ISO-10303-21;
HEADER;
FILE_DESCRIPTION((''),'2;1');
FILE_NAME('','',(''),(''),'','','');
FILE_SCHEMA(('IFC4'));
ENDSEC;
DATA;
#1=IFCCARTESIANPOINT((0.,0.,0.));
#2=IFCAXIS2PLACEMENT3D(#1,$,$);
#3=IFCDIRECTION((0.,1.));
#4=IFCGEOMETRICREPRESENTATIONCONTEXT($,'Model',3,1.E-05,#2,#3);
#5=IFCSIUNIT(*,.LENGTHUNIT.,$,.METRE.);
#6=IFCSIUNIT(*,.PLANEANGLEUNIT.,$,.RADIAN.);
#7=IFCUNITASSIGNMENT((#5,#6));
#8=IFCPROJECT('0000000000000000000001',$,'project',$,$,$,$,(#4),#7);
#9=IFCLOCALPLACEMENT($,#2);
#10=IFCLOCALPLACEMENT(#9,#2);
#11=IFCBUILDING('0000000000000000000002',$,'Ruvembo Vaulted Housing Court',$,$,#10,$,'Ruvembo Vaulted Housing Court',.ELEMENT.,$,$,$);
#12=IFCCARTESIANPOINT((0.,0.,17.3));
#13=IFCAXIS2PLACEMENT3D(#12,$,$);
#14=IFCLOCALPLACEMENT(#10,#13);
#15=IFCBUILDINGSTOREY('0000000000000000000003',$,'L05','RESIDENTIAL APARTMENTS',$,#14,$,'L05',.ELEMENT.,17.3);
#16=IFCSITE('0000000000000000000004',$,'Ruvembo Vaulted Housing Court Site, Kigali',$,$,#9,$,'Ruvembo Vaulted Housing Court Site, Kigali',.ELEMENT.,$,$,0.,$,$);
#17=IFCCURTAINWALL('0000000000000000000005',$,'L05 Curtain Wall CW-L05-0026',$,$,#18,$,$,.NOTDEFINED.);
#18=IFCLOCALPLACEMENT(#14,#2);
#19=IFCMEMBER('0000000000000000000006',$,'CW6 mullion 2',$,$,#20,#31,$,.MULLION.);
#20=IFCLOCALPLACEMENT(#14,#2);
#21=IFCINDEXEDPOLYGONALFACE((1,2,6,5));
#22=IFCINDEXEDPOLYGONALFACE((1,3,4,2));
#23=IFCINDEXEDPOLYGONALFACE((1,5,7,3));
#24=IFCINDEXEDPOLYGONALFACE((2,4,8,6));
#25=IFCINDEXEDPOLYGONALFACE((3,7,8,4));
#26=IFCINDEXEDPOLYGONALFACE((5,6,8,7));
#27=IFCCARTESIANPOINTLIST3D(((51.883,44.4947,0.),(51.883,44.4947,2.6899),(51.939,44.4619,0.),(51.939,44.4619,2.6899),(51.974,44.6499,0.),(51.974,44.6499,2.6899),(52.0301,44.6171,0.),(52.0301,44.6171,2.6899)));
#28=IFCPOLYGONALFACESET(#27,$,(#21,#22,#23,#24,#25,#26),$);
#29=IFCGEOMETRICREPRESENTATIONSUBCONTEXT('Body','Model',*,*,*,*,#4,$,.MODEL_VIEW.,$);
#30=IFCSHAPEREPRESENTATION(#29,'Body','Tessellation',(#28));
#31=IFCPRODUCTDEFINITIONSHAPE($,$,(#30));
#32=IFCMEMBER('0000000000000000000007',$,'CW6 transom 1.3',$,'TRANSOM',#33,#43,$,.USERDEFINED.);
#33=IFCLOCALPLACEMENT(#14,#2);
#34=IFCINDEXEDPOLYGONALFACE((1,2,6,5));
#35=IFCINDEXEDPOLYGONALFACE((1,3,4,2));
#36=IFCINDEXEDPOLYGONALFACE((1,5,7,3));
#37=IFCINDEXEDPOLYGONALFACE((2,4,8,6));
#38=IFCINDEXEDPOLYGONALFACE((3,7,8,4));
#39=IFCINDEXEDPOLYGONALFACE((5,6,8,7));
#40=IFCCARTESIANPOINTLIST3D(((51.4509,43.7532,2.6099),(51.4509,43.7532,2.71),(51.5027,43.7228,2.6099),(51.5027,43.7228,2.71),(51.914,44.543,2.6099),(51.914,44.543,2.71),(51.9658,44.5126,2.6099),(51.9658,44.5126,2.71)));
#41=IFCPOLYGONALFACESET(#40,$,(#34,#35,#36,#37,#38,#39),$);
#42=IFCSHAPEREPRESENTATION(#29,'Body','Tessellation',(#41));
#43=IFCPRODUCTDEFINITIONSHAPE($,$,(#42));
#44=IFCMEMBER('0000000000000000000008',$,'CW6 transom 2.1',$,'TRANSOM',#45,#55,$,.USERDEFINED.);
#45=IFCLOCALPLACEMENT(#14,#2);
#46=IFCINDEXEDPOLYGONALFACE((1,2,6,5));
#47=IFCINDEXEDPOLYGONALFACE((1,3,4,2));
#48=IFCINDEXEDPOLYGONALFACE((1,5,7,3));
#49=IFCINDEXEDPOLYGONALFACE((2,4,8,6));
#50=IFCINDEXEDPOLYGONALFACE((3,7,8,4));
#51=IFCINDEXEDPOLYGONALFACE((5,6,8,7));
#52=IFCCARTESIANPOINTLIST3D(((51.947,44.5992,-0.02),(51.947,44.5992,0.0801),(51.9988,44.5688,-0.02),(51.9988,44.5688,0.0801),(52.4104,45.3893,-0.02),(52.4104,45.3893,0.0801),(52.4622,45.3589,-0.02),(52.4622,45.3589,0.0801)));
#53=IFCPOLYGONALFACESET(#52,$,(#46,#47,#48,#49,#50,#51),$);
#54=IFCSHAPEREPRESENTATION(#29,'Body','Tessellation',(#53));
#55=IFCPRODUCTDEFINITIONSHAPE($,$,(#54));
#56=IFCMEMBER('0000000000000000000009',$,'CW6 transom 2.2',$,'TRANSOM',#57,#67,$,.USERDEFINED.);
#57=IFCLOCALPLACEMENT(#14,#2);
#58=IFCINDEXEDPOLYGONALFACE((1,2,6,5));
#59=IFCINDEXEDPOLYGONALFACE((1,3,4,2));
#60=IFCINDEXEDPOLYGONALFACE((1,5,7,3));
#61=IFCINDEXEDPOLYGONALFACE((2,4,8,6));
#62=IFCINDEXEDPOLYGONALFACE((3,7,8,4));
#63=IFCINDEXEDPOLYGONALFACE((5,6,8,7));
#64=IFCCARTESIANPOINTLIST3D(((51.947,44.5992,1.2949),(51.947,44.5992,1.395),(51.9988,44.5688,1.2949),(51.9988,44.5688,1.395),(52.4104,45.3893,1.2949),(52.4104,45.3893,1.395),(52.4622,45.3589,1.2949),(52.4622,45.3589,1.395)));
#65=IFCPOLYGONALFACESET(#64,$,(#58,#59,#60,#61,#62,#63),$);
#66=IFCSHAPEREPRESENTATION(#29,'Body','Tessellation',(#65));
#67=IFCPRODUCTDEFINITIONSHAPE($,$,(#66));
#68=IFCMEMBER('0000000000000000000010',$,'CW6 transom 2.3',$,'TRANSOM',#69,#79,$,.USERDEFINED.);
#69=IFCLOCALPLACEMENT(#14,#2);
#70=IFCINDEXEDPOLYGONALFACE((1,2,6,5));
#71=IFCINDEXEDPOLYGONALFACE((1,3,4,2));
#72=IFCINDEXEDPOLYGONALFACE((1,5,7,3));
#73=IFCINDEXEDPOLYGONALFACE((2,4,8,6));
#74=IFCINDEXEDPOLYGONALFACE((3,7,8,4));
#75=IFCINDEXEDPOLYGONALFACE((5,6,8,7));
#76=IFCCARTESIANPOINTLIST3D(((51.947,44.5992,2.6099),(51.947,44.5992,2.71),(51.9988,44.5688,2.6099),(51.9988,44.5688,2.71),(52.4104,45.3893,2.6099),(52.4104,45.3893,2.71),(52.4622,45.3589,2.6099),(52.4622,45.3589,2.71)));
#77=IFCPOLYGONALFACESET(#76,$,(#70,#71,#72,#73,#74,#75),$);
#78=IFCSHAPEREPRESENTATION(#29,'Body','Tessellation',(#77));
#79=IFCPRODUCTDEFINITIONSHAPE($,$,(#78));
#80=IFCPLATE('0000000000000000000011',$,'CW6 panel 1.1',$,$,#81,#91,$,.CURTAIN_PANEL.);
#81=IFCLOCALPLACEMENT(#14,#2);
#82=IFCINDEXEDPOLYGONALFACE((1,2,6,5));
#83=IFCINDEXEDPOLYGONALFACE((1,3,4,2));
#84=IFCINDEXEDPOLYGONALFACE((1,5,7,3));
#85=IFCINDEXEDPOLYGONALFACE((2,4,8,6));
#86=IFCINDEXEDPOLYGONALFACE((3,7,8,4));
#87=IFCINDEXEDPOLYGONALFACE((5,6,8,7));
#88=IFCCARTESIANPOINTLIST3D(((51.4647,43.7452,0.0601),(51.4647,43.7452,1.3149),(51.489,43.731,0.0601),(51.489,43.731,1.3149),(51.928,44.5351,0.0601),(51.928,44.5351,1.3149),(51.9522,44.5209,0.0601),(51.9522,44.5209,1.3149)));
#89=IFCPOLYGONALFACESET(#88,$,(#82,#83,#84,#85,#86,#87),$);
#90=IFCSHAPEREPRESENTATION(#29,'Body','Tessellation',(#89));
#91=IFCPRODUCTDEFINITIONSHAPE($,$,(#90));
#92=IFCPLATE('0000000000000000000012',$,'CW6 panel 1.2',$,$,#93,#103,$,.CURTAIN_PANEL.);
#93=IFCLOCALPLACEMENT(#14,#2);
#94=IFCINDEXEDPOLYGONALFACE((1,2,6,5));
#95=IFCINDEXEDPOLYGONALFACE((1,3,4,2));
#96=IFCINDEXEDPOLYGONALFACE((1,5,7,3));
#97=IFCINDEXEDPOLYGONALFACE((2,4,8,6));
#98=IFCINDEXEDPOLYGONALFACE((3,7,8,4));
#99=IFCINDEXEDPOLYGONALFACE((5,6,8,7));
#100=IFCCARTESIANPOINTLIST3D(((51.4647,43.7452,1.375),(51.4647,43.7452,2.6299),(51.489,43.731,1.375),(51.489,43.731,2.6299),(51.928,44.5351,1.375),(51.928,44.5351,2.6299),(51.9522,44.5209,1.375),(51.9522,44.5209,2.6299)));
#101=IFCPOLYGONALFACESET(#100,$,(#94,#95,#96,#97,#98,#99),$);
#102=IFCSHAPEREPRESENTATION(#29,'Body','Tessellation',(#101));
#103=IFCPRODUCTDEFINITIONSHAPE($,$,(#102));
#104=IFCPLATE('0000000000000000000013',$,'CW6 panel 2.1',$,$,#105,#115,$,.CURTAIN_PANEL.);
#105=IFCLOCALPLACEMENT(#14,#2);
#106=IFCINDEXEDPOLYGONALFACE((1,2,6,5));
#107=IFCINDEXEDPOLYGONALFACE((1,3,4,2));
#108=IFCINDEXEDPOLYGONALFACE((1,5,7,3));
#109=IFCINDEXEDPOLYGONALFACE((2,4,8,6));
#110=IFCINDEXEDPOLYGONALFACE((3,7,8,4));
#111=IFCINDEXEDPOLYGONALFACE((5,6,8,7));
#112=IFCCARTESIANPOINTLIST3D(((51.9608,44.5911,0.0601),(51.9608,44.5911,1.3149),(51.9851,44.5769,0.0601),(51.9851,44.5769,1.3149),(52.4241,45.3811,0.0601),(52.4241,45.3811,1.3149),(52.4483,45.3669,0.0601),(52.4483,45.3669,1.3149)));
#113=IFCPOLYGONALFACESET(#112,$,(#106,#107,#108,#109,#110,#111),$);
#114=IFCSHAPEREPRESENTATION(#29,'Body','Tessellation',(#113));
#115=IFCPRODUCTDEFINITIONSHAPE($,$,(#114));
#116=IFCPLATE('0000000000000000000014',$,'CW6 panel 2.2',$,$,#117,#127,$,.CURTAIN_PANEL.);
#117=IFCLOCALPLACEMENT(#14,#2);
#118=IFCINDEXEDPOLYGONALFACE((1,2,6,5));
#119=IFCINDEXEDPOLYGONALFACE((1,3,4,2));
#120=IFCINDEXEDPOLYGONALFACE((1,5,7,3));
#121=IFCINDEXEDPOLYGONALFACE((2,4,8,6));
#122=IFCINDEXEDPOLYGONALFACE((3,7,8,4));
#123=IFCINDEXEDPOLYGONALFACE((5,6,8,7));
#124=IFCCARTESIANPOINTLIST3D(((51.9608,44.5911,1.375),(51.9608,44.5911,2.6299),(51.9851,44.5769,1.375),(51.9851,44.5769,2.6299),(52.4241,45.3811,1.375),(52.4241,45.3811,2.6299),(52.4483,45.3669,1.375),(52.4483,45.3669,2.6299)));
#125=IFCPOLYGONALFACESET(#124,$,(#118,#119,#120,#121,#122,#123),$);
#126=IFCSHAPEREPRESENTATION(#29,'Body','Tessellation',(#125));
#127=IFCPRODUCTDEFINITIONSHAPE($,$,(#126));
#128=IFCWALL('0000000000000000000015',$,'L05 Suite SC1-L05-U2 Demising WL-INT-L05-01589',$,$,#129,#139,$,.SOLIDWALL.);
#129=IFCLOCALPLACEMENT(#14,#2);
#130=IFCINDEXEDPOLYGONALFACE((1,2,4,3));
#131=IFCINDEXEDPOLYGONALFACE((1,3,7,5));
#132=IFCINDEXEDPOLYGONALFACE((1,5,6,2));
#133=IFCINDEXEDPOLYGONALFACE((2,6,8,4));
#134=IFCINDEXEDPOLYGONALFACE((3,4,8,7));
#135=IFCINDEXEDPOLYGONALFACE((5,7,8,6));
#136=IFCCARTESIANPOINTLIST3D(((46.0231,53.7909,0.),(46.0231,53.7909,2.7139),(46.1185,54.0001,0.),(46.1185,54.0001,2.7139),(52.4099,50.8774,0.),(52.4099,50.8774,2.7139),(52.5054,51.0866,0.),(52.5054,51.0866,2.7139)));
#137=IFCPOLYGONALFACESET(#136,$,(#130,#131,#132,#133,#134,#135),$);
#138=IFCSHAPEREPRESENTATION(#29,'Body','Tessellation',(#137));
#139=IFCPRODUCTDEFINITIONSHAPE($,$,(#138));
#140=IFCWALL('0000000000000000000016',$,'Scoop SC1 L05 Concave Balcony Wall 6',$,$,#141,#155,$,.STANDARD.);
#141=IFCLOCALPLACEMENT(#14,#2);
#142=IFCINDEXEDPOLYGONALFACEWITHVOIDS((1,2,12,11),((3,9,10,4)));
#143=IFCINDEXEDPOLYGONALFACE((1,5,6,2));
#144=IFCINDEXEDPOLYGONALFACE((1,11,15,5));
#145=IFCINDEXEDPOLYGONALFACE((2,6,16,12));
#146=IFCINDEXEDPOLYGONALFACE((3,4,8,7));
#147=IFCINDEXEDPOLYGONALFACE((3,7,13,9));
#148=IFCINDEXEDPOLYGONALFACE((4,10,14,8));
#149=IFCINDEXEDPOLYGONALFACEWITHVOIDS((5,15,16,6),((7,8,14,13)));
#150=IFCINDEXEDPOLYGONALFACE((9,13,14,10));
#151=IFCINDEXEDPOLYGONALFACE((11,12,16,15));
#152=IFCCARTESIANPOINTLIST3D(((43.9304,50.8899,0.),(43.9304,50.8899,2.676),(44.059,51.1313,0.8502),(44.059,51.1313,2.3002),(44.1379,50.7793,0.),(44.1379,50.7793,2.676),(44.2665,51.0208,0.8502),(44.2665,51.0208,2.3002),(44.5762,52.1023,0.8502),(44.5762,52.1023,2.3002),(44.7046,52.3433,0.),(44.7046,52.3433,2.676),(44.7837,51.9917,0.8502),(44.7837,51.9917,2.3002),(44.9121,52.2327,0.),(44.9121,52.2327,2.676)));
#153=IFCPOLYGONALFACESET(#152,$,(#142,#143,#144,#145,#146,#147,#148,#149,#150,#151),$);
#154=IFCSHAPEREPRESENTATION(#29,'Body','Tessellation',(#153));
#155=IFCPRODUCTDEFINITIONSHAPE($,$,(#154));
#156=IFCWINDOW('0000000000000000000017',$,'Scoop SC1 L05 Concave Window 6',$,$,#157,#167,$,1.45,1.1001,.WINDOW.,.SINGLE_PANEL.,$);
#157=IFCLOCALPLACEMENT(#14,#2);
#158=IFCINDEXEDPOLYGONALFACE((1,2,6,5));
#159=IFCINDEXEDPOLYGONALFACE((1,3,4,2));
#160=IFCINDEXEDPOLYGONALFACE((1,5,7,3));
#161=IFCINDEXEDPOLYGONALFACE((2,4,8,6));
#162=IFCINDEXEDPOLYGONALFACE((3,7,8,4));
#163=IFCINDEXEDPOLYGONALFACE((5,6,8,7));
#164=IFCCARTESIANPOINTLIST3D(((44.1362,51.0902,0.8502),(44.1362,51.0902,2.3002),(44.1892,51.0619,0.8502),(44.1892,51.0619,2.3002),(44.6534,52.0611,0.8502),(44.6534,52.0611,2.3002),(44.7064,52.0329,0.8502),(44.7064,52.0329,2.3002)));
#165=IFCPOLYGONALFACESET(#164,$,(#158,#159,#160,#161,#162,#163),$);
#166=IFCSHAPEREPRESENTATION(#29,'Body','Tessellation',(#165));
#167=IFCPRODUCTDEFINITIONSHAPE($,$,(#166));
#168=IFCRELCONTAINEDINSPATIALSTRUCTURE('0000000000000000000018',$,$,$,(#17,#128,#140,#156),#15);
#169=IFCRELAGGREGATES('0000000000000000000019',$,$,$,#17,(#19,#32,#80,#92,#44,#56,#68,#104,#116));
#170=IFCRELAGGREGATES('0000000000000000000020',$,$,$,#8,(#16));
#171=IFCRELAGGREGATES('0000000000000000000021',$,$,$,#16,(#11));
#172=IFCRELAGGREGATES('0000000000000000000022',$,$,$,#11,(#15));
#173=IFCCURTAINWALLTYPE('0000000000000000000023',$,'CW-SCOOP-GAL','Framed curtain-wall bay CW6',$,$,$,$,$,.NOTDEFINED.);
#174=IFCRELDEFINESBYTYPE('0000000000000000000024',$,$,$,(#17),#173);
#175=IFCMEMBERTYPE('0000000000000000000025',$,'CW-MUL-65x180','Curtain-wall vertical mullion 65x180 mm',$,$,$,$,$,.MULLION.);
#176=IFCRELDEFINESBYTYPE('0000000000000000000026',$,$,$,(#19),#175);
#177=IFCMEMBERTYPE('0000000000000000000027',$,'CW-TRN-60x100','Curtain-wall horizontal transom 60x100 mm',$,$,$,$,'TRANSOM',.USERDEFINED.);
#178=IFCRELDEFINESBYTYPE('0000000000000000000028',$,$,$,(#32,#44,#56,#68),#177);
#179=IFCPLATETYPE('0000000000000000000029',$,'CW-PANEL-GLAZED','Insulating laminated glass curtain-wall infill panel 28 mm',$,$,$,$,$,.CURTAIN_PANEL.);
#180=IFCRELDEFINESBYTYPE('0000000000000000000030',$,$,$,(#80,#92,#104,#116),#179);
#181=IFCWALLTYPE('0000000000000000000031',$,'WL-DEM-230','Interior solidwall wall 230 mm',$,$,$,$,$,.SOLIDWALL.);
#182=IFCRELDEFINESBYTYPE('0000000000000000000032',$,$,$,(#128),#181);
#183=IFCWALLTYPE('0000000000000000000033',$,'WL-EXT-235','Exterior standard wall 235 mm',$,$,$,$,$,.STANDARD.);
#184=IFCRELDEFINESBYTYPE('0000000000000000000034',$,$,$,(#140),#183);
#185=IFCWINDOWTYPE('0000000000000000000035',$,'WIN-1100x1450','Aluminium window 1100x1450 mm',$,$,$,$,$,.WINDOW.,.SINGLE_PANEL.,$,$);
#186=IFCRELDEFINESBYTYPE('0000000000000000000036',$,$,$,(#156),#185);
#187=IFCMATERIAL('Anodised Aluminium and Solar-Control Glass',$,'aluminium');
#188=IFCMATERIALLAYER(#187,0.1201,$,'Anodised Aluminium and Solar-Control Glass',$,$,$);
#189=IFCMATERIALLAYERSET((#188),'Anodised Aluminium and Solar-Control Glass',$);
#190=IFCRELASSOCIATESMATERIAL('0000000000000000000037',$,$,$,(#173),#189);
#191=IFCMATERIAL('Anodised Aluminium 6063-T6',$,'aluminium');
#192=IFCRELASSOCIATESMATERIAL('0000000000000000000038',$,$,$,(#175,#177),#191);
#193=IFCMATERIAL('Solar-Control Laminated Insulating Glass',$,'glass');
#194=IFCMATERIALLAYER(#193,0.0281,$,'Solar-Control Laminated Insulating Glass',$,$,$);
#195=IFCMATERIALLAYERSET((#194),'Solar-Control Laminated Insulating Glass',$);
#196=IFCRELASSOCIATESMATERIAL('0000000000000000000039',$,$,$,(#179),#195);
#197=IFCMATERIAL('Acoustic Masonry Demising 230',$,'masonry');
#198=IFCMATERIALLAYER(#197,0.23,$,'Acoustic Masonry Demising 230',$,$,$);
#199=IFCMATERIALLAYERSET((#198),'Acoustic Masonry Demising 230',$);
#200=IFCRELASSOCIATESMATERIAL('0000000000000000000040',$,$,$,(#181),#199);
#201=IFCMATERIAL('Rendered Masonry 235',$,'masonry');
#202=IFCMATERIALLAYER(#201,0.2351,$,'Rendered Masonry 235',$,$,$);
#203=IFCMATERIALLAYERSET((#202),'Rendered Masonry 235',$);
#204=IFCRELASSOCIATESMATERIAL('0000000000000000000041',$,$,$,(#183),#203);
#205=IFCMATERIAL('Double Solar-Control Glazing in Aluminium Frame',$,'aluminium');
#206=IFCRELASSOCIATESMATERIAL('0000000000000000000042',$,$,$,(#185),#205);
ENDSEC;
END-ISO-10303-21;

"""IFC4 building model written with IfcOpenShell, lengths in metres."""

from ifc_helpers import new_model, si_unit, direction, frame, frame_2d, origin, origin_2d, place, context, subcontext, project, spatial, rectangle, extrude, material, layer, layer_set, material_profile, profile_set, type_object, element, fill, aggregate, save


model = new_model("IFC4")

# Units and contexts
model_context = context("Model", 3, precision=1e-05, world=origin(), true_north=direction((0.0, 1.0)))
body_context = subcontext(model_context, "Body", "Model", "MODEL_VIEW")
ifc_project = project(units=[si_unit("LENGTHUNIT", "METRE"), si_unit("PLANEANGLEUNIT", "RADIAN")], contexts=[model_context])

# Site, building, storey
site_placement = place(None, origin())
site = spatial("IfcSite", under=ifc_project, at=site_placement, Name="Ruvembo Vaulted Housing Court Site, Kigali", LongName="Ruvembo Vaulted Housing Court Site, Kigali", CompositionType="ELEMENT", RefElevation=0.0)
building_placement = place(site_placement, origin())
building = spatial("IfcBuilding", under=site, at=building_placement, Name="Ruvembo Vaulted Housing Court", LongName="Ruvembo Vaulted Housing Court", CompositionType="ELEMENT")
storey_placement = place(building_placement, frame((0.0, 0.0, 17.3)))
storey = spatial("IfcBuildingStorey", under=building, at=storey_placement, Name="L05", Description="RESIDENTIAL APARTMENTS", LongName="L05", CompositionType="ELEMENT", Elevation=17.3)

# Curtain wall, members, plates
ifc_material_1 = material(Name="Anodised Aluminium and Solar-Control Glass", Category="aluminium")
ifc_layer_1 = layer(ifc_material_1, 0.1201, Name="Anodised Aluminium and Solar-Control Glass")
ifc_layer_set_1 = layer_set([ifc_layer_1], Name="Anodised Aluminium and Solar-Control Glass")
curtain_wall_type = type_object("IfcCurtainWallType", Name="CW-SCOOP-GAL", Description="Framed curtain-wall bay CW6", PredefinedType="NOTDEFINED", material=ifc_layer_set_1)
curtain_wall_placement = place(storey_placement, origin())
curtain_wall = element("IfcCurtainWall", 1, at=curtain_wall_placement, inside=storey, type_object=curtain_wall_type, Name="L05 Curtain Wall CW-L05-0026", PredefinedType="NOTDEFINED")
ifc_material_2 = material(Name="Anodised Aluminium 6063-T6", Category="aluminium")
ifc_material_profile_1 = material_profile(ifc_material_2, rectangle(XDim=0.0649, YDim=0.1799, at=origin_2d()), Name="ALU 65x180")
ifc_profile_set_1 = profile_set([ifc_material_profile_1], Name="Anodised Aluminium 6063-T6")
member_type_1 = type_object("IfcMemberType", Name="CW-MUL-65x180", Description="Curtain-wall vertical mullion 65x180 mm", PredefinedType="MULLION", material=ifc_profile_set_1)
member_1_placement = place(storey_placement, frame((51.9565, 44.5559, 0.0), z_axis=(0.0, 0.0, 1.0), x_axis=(-0.862601, 0.505885, 0.0)))
member_1 = element("IfcMember", 2, at=member_1_placement, type_object=member_type_1, Name="CW6 mullion 2", PredefinedType="MULLION", context=body_context, shape_type="SweptSolid", body=[
    extrude(rectangle(XDim=0.0649, YDim=0.1799, at=origin_2d()), origin(), (0.0, 0.0, 1.0), 2.6899),
])
ifc_material_profile_2 = material_profile(ifc_material_2, rectangle(XDim=0.0601, YDim=0.1001, at=origin_2d()), Name="ALU 60x100")
ifc_profile_set_2 = profile_set([ifc_material_profile_2], Name="Anodised Aluminium 6063-T6")
member_type_2 = type_object("IfcMemberType", Name="CW-TRN-60x100", Description="Curtain-wall horizontal transom 60x100 mm", ElementType="TRANSOM", PredefinedType="USERDEFINED", material=ifc_profile_set_2)
member_2_placement = place(storey_placement, frame((51.4768, 43.738, 2.6599), z_axis=(0.505843, 0.862626, 0.0), x_axis=(-0.862626, 0.505843, 0.0)))
member_2 = element("IfcMember", 3, at=member_2_placement, type_object=member_type_2, Name="CW6 transom 1.3", ObjectType="TRANSOM", PredefinedType="USERDEFINED", context=body_context, shape_type="SweptSolid", body=[
    extrude(rectangle(XDim=0.0601, YDim=0.1001, at=origin_2d()), origin(), (0.0, 0.0, 1.0), 0.9155),
])
member_3_placement = place(storey_placement, frame((51.9729, 44.584, 0.03), z_axis=(0.505925, 0.862578, 0.0), x_axis=(-0.862578, 0.505925, 0.0)))
member_3 = element("IfcMember", 4, at=member_3_placement, type_object=member_type_2, Name="CW6 transom 2.1", ObjectType="TRANSOM", PredefinedType="USERDEFINED", context=body_context, shape_type="SweptSolid", body=[
    extrude(rectangle(XDim=0.0601, YDim=0.1001, at=origin_2d()), origin(), (0.0, 0.0, 1.0), 0.916),
])
member_4_placement = place(storey_placement, frame((51.9729, 44.584, 1.345), z_axis=(0.505925, 0.862578, 0.0), x_axis=(-0.862578, 0.505925, 0.0)))
member_4 = element("IfcMember", 5, at=member_4_placement, type_object=member_type_2, Name="CW6 transom 2.2", ObjectType="TRANSOM", PredefinedType="USERDEFINED", context=body_context, shape_type="SweptSolid", body=[
    extrude(rectangle(XDim=0.0601, YDim=0.1001, at=origin_2d()), origin(), (0.0, 0.0, 1.0), 0.916),
])
member_5_placement = place(storey_placement, frame((51.9729, 44.584, 2.6599), z_axis=(0.505925, 0.862578, 0.0), x_axis=(-0.862578, 0.505925, 0.0)))
member_5 = element("IfcMember", 6, at=member_5_placement, type_object=member_type_2, Name="CW6 transom 2.3", ObjectType="TRANSOM", PredefinedType="USERDEFINED", context=body_context, shape_type="SweptSolid", body=[
    extrude(rectangle(XDim=0.0601, YDim=0.1001, at=origin_2d()), origin(), (0.0, 0.0, 1.0), 0.916),
])
ifc_material_3 = material(Name="Solar-Control Laminated Insulating Glass", Category="glass")
ifc_layer_2 = layer(ifc_material_3, 0.0281, Name="Solar-Control Laminated Insulating Glass")
ifc_layer_set_2 = layer_set([ifc_layer_2], Name="Solar-Control Laminated Insulating Glass")
plate_type = type_object("IfcPlateType", Name="CW-PANEL-GLAZED", Description="Insulating laminated glass curtain-wall infill panel 28 mm", PredefinedType="CURTAIN_PANEL", material=ifc_layer_set_2)
plate_1_placement = place(storey_placement, frame((51.7085, 44.1331, 0.0601), z_axis=(0.0, 0.0, 1.0), x_axis=(0.505885, 0.862601, 0.0)))
plate_1 = element("IfcPlate", 7, at=plate_1_placement, type_object=plate_type, Name="CW6 panel 1.1", PredefinedType="CURTAIN_PANEL", context=body_context, shape_type="SweptSolid", body=[
    extrude(rectangle(XDim=0.9158, YDim=0.0281, at=origin_2d()), origin(), (0.0, 0.0, 1.0), 1.2549),
])
plate_2_placement = place(storey_placement, frame((51.7085, 44.1331, 1.375), z_axis=(0.0, 0.0, 1.0), x_axis=(0.505885, 0.862601, 0.0)))
plate_2 = element("IfcPlate", 8, at=plate_2_placement, type_object=plate_type, Name="CW6 panel 1.2", PredefinedType="CURTAIN_PANEL", context=body_context, shape_type="SweptSolid", body=[
    extrude(rectangle(XDim=0.9158, YDim=0.0281, at=origin_2d()), origin(), (0.0, 0.0, 1.0), 1.2549),
])
plate_3_placement = place(storey_placement, frame((52.2046, 44.979, 0.0601), z_axis=(0.0, 0.0, 1.0), x_axis=(0.505885, 0.862601, 0.0)))
plate_3 = element("IfcPlate", 9, at=plate_3_placement, type_object=plate_type, Name="CW6 panel 2.1", PredefinedType="CURTAIN_PANEL", context=body_context, shape_type="SweptSolid", body=[
    extrude(rectangle(XDim=0.9158, YDim=0.0281, at=origin_2d()), origin(), (0.0, 0.0, 1.0), 1.2549),
])
plate_4_placement = place(storey_placement, frame((52.2046, 44.979, 1.375), z_axis=(0.0, 0.0, 1.0), x_axis=(0.505885, 0.862601, 0.0)))
plate_4 = element("IfcPlate", 10, at=plate_4_placement, type_object=plate_type, Name="CW6 panel 2.2", PredefinedType="CURTAIN_PANEL", context=body_context, shape_type="SweptSolid", body=[
    extrude(rectangle(XDim=0.9158, YDim=0.0281, at=origin_2d()), origin(), (0.0, 0.0, 1.0), 1.2549),
])
aggregate(curtain_wall, [member_1, member_2, plate_1, plate_2, member_3, member_4, member_5, plate_3, plate_4])

# Wall
ifc_material_4 = material(Name="Acoustic Masonry Demising 230", Category="masonry")
ifc_layer_3 = layer(ifc_material_4, 0.23, Name="Acoustic Masonry Demising 230")
ifc_layer_set_3 = layer_set([ifc_layer_3], Name="Acoustic Masonry Demising 230")
wall_type_1 = type_object("IfcWallType", Name="WL-DEM-230", Description="Interior solidwall wall 230 mm", PredefinedType="SOLIDWALL", material=ifc_layer_set_3)
wall_1_placement = place(storey_placement, frame((46.0708, 53.8955, 0.0), z_axis=(0.0, 0.0, 1.0), x_axis=(0.909807, -0.415031, 0.0)))
element("IfcWall", 11, at=wall_1_placement, inside=storey, type_object=wall_type_1, Name="L05 Suite SC1-L05-U2 Demising WL-INT-L05-01589", PredefinedType="SOLIDWALL", context=body_context, shape_type="SweptSolid", body=[
    extrude(rectangle(XDim=7.02, YDim=0.23, at=frame_2d((3.51, 0.0))), origin(), (0.0, 0.0, 1.0), 2.7139),
])

# Wall, opening, window
ifc_material_5 = material(Name="Rendered Masonry 235", Category="masonry")
ifc_layer_4 = layer(ifc_material_5, 0.2351, Name="Rendered Masonry 235")
ifc_layer_set_4 = layer_set([ifc_layer_4], Name="Rendered Masonry 235")
wall_type_2 = type_object("IfcWallType", Name="WL-EXT-235", Description="Exterior standard wall 235 mm", PredefinedType="STANDARD", material=ifc_layer_set_4)
wall_2_placement = place(storey_placement, frame((44.0342, 50.8347, 0.0), z_axis=(0.0, 0.0, 1.0), x_axis=(0.470134, 0.882595, 0.0)))
wall_2 = element("IfcWall", 12, at=wall_2_placement, inside=storey, type_object=wall_type_2, Name="Scoop SC1 L05 Concave Balcony Wall 6", PredefinedType="STANDARD", context=body_context, shape_type="SweptSolid", body=[
    extrude(rectangle(XDim=1.6467, YDim=0.2351, at=frame_2d((0.8232, 0.0))), origin(), (0.0, 0.0, 1.0), 2.676),
])
opening_1_placement = place(wall_2_placement, frame((0.2734, 0.0, 0.8501)))
opening_1 = element("IfcOpeningElement", 13, at=opening_1_placement, cuts=wall_2, PredefinedType="OPENING", context=body_context, shape_type="SweptSolid", body=[
    extrude(rectangle(XDim=1.1001, YDim=1.45, at=frame_2d((0.55, 0.7251))), frame((0.0, 0.1274, 0.0), z_axis=(0.0, -1.0, 0.0), x_axis=(1.0, 0.0, 0.0)), (0.0, 0.0, 1.0), 0.2551),
])
ifc_material_6 = material(Name="Double Solar-Control Glazing in Aluminium Frame", Category="aluminium")
window_type_1 = type_object("IfcWindowType", Name="WIN-1100x1450", Description="Aluminium window 1100x1450 mm", PartitioningType="SINGLE_PANEL", PredefinedType="WINDOW", material=ifc_material_6)
window_1_placement = place(opening_1_placement, origin())
window_1 = element("IfcWindow", 14, at=window_1_placement, inside=storey, type_object=window_type_1, Name="Scoop SC1 L05 Concave Window 6", OverallHeight=1.45, OverallWidth=1.1001, PartitioningType="SINGLE_PANEL", PredefinedType="WINDOW", context=body_context, shape_type="SweptSolid", body=[
    extrude(rectangle(XDim=1.1001, YDim=1.45, at=frame_2d((0.55, 0.7251))), frame((0.0, 0.03, 0.0), z_axis=(0.0, -1.0, 0.0), x_axis=(1.0, 0.0, 0.0)), (0.0, 0.0, 1.0), 0.0601),
])
fill(opening_1, window_1)

save(model, "model.ifc")
